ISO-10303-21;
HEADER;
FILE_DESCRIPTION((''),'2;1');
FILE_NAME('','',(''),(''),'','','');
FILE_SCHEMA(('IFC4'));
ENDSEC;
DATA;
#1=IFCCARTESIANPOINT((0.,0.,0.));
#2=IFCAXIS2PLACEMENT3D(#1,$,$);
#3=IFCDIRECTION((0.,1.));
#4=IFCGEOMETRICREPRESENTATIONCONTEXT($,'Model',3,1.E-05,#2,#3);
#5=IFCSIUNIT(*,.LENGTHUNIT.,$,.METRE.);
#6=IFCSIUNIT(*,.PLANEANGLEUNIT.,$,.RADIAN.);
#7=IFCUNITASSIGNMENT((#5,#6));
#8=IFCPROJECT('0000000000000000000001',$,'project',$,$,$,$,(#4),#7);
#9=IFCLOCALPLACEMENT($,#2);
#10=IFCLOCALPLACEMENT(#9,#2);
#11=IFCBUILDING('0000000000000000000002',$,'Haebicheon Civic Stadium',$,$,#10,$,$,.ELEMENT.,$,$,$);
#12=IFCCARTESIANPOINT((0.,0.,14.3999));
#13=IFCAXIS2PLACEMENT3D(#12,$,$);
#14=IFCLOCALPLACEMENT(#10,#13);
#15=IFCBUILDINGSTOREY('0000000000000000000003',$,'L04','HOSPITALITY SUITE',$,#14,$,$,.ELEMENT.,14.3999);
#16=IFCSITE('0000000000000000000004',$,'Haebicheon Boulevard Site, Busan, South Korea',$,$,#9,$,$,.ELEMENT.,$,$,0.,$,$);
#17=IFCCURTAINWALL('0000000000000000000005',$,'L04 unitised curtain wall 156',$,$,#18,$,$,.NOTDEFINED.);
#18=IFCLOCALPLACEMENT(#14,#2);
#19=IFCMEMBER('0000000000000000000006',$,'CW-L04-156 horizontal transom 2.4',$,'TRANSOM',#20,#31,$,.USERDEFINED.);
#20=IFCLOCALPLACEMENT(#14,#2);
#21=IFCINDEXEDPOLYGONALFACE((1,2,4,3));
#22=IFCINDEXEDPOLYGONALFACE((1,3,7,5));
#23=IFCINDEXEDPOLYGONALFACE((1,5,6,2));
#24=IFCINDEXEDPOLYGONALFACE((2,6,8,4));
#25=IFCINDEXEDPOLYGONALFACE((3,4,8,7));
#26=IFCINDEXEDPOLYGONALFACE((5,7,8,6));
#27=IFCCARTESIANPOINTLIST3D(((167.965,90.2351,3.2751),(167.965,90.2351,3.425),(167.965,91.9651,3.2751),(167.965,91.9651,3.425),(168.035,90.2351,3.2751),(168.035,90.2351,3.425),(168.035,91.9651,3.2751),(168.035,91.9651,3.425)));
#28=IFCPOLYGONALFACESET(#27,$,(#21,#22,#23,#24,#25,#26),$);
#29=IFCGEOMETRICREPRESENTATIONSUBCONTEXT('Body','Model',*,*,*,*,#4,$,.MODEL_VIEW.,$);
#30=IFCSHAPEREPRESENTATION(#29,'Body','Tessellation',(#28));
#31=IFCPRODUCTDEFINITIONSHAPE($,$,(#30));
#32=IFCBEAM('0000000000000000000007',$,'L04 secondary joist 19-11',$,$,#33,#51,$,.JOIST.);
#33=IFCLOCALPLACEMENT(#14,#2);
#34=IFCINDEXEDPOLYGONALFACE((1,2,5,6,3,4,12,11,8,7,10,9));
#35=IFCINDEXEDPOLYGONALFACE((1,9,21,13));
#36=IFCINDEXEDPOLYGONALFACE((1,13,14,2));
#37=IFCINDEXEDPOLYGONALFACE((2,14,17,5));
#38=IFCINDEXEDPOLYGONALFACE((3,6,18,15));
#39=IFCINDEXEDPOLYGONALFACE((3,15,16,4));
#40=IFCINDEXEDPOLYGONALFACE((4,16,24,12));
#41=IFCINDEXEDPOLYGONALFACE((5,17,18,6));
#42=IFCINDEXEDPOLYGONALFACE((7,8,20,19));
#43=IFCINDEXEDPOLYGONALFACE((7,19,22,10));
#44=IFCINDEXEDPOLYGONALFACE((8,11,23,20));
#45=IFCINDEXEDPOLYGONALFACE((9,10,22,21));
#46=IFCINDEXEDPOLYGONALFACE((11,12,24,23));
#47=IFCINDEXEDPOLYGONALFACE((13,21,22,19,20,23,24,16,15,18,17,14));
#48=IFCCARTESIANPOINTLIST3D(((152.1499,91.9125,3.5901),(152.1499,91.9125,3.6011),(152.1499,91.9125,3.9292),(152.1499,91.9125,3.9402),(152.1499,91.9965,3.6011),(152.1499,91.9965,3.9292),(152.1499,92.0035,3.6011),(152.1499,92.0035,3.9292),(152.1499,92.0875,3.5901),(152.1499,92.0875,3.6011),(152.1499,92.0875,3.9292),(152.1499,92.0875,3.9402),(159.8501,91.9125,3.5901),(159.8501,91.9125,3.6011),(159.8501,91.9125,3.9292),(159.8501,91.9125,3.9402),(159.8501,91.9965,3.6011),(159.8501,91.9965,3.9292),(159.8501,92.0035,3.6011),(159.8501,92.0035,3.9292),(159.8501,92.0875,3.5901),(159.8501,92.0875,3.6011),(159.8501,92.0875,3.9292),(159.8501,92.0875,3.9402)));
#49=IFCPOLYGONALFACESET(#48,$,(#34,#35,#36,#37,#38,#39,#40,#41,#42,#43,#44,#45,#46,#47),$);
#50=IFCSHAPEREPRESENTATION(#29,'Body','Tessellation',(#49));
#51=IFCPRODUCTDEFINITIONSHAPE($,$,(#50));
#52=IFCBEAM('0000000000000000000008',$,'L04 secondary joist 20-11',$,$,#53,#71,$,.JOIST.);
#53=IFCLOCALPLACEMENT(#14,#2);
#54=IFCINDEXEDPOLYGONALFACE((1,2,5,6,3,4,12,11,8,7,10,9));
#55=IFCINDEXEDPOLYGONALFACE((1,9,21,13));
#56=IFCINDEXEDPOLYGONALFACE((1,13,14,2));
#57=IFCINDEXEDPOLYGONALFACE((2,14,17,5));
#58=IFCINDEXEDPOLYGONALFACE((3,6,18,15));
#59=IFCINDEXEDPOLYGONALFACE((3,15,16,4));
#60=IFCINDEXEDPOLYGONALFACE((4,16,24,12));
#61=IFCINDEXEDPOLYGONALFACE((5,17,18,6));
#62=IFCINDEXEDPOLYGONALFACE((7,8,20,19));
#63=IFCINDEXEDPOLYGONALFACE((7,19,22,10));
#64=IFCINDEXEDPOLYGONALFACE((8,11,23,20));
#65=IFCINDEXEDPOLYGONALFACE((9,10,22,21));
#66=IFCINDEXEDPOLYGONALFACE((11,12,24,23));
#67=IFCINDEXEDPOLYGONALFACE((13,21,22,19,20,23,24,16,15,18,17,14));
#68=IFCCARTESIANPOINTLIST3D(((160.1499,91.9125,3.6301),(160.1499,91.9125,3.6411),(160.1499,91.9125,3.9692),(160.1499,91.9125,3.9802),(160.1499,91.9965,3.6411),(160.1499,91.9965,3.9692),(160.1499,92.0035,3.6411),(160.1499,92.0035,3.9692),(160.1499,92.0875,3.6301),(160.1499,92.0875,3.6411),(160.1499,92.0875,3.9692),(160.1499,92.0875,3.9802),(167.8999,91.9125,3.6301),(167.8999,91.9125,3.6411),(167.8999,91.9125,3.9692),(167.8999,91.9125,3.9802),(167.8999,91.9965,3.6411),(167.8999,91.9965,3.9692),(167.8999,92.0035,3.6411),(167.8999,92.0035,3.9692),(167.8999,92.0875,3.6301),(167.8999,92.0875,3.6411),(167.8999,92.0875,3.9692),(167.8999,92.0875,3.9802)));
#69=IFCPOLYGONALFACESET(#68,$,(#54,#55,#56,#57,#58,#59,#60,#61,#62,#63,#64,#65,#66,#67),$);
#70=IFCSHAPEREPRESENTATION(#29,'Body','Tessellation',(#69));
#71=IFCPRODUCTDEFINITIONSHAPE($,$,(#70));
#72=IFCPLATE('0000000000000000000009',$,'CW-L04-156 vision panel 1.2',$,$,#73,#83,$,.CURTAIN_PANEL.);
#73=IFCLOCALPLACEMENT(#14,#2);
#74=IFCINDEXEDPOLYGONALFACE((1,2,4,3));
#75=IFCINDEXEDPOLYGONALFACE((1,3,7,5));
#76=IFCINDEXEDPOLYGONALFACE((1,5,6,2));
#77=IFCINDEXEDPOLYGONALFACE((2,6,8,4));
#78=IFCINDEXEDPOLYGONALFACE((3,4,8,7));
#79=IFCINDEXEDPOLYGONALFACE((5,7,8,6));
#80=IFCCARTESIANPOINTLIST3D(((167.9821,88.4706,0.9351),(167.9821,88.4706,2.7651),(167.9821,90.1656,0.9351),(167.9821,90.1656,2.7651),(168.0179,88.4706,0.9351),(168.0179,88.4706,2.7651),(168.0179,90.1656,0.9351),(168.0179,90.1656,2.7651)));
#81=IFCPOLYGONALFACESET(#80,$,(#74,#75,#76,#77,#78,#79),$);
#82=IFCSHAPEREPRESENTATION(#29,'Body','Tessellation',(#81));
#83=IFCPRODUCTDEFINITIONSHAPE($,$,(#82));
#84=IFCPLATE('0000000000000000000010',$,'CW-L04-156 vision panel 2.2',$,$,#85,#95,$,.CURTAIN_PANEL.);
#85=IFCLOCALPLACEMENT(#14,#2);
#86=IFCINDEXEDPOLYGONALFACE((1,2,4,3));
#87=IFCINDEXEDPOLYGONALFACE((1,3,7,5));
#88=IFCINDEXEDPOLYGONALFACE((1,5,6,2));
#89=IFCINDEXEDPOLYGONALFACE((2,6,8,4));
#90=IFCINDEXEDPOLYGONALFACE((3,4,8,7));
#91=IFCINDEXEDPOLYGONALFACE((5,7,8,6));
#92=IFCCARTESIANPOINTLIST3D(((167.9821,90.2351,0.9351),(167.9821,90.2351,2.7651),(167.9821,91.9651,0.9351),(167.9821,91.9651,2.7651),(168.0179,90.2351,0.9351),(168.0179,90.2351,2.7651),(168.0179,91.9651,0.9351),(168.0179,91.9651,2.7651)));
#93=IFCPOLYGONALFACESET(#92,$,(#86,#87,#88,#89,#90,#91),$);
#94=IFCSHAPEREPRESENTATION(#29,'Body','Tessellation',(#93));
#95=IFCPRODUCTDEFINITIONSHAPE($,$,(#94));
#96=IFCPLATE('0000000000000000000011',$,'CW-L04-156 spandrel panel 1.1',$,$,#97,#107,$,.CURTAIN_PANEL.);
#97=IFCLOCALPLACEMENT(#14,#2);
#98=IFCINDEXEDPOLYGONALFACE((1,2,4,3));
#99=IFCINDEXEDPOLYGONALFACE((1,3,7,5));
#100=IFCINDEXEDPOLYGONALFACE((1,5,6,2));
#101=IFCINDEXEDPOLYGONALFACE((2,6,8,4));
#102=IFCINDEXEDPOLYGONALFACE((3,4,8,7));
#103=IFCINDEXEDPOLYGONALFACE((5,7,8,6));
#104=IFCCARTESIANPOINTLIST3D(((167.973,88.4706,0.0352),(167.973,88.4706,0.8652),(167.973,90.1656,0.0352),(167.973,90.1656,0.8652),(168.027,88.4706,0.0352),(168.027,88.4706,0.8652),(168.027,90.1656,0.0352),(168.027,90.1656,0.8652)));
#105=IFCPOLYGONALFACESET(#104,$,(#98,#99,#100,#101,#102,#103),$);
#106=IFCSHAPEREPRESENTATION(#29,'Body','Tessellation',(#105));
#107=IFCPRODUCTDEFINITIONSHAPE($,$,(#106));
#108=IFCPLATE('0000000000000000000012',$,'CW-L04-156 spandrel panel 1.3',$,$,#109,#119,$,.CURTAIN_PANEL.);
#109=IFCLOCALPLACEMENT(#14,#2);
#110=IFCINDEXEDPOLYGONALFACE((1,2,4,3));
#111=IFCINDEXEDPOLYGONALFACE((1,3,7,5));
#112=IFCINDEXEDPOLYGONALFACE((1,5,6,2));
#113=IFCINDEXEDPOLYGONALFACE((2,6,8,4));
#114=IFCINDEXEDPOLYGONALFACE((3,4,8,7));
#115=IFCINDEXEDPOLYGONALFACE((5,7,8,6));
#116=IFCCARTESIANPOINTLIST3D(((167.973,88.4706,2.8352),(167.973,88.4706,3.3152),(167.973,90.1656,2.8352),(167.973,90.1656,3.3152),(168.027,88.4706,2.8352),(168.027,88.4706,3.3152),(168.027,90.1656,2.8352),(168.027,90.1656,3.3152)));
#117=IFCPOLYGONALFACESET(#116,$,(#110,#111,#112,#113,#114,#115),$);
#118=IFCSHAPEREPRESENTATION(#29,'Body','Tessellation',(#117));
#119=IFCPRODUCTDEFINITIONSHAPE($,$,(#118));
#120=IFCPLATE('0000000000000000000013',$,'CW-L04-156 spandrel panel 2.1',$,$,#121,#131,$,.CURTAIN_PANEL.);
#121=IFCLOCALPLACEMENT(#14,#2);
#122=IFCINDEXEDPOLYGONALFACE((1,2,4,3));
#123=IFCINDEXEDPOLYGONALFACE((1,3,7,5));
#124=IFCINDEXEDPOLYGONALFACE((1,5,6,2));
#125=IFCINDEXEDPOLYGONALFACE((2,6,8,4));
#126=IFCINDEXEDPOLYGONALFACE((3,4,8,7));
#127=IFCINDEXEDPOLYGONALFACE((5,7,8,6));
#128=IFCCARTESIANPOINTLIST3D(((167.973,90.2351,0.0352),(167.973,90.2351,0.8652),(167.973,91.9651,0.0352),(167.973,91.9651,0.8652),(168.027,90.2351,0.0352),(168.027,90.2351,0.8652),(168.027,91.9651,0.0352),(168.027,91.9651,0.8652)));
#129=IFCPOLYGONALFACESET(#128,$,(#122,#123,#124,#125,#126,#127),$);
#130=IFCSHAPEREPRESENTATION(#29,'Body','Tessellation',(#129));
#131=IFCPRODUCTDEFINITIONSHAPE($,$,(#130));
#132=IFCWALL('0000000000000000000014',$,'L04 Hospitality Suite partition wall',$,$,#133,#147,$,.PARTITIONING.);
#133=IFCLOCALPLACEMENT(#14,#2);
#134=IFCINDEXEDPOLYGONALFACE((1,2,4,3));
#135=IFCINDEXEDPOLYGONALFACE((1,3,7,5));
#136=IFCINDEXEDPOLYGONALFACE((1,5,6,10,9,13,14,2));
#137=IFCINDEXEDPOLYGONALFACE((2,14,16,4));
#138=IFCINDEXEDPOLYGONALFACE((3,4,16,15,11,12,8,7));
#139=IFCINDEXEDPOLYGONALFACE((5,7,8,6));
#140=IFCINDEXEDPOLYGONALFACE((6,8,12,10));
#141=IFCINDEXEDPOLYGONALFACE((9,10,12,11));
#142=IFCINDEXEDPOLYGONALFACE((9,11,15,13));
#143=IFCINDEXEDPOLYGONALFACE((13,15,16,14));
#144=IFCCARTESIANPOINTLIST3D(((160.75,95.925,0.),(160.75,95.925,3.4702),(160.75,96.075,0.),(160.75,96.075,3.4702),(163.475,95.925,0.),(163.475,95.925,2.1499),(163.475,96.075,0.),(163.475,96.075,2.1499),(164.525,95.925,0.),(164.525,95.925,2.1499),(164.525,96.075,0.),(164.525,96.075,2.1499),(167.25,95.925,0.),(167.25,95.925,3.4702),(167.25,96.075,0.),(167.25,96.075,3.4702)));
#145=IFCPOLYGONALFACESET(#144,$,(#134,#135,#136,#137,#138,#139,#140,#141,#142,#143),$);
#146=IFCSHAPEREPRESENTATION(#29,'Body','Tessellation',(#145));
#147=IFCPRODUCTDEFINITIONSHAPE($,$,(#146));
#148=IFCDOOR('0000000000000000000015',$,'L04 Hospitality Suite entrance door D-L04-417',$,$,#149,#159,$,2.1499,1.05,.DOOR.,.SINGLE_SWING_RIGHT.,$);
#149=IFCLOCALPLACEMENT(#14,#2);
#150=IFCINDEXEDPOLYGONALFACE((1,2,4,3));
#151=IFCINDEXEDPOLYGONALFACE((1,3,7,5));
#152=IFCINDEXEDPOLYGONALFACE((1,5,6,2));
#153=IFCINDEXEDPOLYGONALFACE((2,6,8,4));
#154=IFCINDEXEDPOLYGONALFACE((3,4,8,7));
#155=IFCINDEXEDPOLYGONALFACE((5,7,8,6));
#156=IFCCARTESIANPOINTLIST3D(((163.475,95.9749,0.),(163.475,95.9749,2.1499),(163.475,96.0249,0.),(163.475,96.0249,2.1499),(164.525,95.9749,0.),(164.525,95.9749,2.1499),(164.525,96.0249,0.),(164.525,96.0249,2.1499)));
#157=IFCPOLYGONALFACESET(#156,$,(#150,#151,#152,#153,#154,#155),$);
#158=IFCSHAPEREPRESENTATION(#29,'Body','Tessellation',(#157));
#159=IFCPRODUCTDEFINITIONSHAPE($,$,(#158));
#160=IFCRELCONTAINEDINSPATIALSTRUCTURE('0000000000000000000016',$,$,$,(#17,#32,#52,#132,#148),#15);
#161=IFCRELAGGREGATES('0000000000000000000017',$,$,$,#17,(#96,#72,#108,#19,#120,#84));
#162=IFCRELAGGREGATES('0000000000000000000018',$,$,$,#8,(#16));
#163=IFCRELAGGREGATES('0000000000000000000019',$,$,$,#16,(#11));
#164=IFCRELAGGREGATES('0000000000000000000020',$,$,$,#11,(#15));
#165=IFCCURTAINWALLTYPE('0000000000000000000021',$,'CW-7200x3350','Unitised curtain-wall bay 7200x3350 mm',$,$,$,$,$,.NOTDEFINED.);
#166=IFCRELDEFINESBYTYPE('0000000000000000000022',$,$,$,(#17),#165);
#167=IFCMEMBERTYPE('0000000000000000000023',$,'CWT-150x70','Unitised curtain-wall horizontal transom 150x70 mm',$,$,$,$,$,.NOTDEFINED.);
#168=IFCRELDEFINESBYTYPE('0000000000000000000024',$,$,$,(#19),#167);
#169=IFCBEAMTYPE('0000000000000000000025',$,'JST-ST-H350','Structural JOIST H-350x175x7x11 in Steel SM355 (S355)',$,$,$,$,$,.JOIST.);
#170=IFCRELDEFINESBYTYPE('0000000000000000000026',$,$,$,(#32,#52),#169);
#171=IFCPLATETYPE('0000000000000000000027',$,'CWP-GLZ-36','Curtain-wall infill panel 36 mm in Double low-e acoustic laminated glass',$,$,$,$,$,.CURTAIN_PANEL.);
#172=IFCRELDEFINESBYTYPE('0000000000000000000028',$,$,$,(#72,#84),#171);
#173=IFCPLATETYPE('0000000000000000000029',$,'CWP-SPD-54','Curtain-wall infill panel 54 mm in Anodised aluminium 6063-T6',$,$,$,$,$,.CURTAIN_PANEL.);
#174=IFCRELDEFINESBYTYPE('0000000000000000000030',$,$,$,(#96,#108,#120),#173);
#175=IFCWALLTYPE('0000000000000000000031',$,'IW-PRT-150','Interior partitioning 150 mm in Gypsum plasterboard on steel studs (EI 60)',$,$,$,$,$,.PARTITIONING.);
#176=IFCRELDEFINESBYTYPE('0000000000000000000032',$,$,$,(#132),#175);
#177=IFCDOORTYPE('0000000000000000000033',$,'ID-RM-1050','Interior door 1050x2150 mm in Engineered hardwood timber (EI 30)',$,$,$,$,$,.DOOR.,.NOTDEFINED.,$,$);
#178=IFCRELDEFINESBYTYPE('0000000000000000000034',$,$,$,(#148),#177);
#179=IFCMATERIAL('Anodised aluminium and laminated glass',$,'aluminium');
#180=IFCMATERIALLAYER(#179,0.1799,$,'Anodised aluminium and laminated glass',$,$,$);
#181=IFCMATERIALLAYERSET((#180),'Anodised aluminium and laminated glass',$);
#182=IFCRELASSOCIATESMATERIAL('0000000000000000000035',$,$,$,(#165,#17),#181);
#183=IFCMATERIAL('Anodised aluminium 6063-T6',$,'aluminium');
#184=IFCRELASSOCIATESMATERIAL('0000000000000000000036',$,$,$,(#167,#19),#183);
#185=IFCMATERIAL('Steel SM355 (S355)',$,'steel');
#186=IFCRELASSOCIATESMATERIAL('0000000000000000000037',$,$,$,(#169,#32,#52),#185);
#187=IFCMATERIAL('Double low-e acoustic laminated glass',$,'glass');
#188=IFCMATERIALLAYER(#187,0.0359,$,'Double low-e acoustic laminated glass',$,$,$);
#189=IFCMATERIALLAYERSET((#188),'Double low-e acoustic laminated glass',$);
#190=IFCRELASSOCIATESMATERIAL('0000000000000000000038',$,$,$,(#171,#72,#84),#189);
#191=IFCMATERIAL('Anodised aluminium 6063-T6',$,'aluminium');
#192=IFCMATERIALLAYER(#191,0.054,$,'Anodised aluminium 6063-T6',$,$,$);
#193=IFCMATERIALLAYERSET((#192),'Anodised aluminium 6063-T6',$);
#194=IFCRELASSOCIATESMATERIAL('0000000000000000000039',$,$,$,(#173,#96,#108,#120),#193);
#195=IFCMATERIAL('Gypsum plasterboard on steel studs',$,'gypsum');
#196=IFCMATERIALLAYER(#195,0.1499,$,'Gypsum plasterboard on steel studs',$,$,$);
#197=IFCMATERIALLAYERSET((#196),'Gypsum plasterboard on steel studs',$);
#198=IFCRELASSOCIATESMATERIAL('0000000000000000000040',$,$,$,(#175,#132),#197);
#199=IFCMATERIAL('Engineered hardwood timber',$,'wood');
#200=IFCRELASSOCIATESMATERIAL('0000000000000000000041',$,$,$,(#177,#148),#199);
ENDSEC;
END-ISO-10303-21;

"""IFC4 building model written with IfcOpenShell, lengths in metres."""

from ifc_helpers import new_model, si_unit, direction, frame, frame_2d, origin, origin_2d, place, context, subcontext, project, spatial, rectangle, i_section, extrude, material, layer, layer_set, material_profile, profile_set, type_object, element, fill, aggregate, save


model = new_model("IFC4")

# Units and contexts
model_context = context("Model", 3, precision=1e-05, world=origin(), true_north=direction((0.0, 1.0)))
body_context = subcontext(model_context, "Body", "Model", "MODEL_VIEW")
ifc_project = project(units=[si_unit("LENGTHUNIT", "METRE"), si_unit("PLANEANGLEUNIT", "RADIAN")], contexts=[model_context])

# Site, building, storey
site_placement = place(None, origin())
site = spatial("IfcSite", under=ifc_project, at=site_placement, Name="Haebicheon Boulevard Site, Busan, South Korea", CompositionType="ELEMENT", RefElevation=0.0)
building_placement = place(site_placement, origin())
building = spatial("IfcBuilding", under=site, at=building_placement, Name="Haebicheon Civic Stadium", CompositionType="ELEMENT")
storey_placement = place(building_placement, frame((0.0, 0.0, 14.3999)))
storey = spatial("IfcBuildingStorey", under=building, at=storey_placement, Name="L04", Description="HOSPITALITY SUITE", CompositionType="ELEMENT", Elevation=14.3999)

# Curtain wall, member
ifc_material_1 = material(Name="Anodised aluminium and laminated glass", Category="aluminium")
ifc_layer_1 = layer(ifc_material_1, 0.1799, Name="Anodised aluminium and laminated glass")
ifc_layer_set_1 = layer_set([ifc_layer_1], Name="Anodised aluminium and laminated glass")
curtain_wall_type = type_object("IfcCurtainWallType", Name="CW-7200x3350", Description="Unitised curtain-wall bay 7200x3350 mm", PredefinedType="NOTDEFINED", material=ifc_layer_set_1)
curtain_wall_placement = place(storey_placement, origin())
curtain_wall = element("IfcCurtainWall", 1, at=curtain_wall_placement, inside=storey, type_object=curtain_wall_type, material=ifc_layer_set_1, Name="L04 unitised curtain wall 156", PredefinedType="NOTDEFINED")
ifc_material_2 = material(Name="Anodised aluminium 6063-T6", Category="aluminium")
ifc_material_profile_1 = material_profile(ifc_material_2, rectangle(XDim=0.0701, YDim=0.1499, at=origin_2d()), Name="ALU-TRAN-70x150")
ifc_profile_set_1 = profile_set([ifc_material_profile_1], Name="Anodised aluminium 6063-T6")
member_type_1 = type_object("IfcMemberType", Name="CWT-150x70", Description="Unitised curtain-wall horizontal transom 150x70 mm", PredefinedType="NOTDEFINED", material=ifc_profile_set_1)
member_1_placement = place(storey_placement, frame((168.0, 90.2351, 3.3501), z_axis=(0.0, 1.0, 0.0), x_axis=(-1.0, 0.0, 0.0)))
member_1 = element("IfcMember", 2, at=member_1_placement, type_object=member_type_1, material=ifc_profile_set_1, Name="CW-L04-156 horizontal transom 2.4", ObjectType="TRANSOM", PredefinedType="USERDEFINED", context=body_context, shape_type="SweptSolid", body=[
    extrude(rectangle(XDim=0.0701, YDim=0.1499, at=origin_2d()), origin(), (0.0, 0.0, 1.0), 1.73),
])

# Beams
ifc_material_3 = material(Name="Steel SM355 (S355)", Category="steel")
ifc_material_profile_2 = material_profile(ifc_material_3, i_section(OverallWidth=0.175, OverallDepth=0.3501, WebThickness=0.0071, FlangeThickness=0.011, at=origin_2d()), Name="H-350x175x7x11")
ifc_profile_set_2 = profile_set([ifc_material_profile_2], Name="Steel SM355 (S355)")
beam_type_1 = type_object("IfcBeamType", Name="JST-ST-H350", Description="Structural JOIST H-350x175x7x11 in Steel SM355 (S355)", PredefinedType="JOIST", material=ifc_profile_set_2)
beam_1_placement = place(storey_placement, frame((152.1499, 92.0, 3.7651), z_axis=(1.0, 0.0, 0.0), x_axis=(0.0, 1.0, 0.0)))
element("IfcBeam", 3, at=beam_1_placement, inside=storey, type_object=beam_type_1, material=ifc_profile_set_2, Name="L04 secondary joist 19-11", PredefinedType="JOIST", context=body_context, shape_type="SweptSolid", body=[
    extrude(i_section(OverallWidth=0.175, OverallDepth=0.3501, WebThickness=0.0071, FlangeThickness=0.011, at=origin_2d()), origin(), (0.0, 0.0, 1.0), 7.7002),
])
beam_2_placement = place(storey_placement, frame((160.1499, 92.0, 3.8052), z_axis=(1.0, 0.0, 0.0), x_axis=(0.0, 1.0, 0.0)))
element("IfcBeam", 4, at=beam_2_placement, inside=storey, type_object=beam_type_1, material=ifc_profile_set_2, Name="L04 secondary joist 20-11", PredefinedType="JOIST", context=body_context, shape_type="SweptSolid", body=[
    extrude(i_section(OverallWidth=0.175, OverallDepth=0.3501, WebThickness=0.0071, FlangeThickness=0.011, at=origin_2d()), origin(), (0.0, 0.0, 1.0), 7.75),
])

# Plates
ifc_material_4 = material(Name="Double low-e acoustic laminated glass", Category="glass")
ifc_layer_2 = layer(ifc_material_4, 0.0359, Name="Double low-e acoustic laminated glass")
ifc_layer_set_2 = layer_set([ifc_layer_2], Name="Double low-e acoustic laminated glass")
plate_type_1 = type_object("IfcPlateType", Name="CWP-GLZ-36", Description="Curtain-wall infill panel 36 mm in Double low-e acoustic laminated glass", PredefinedType="CURTAIN_PANEL", material=ifc_layer_set_2)
plate_1_placement = place(storey_placement, frame((168.0, 89.3181, 0.9351), z_axis=(0.0, 0.0, 1.0), x_axis=(0.0, 1.0, 0.0)))
plate_1 = element("IfcPlate", 5, at=plate_1_placement, type_object=plate_type_1, material=ifc_layer_set_2, Name="CW-L04-156 vision panel 1.2", PredefinedType="CURTAIN_PANEL", context=body_context, shape_type="SweptSolid", body=[
    extrude(rectangle(XDim=1.6951, YDim=0.0359, at=origin_2d()), origin(), (0.0, 0.0, 1.0), 1.8301),
])
plate_2_placement = place(storey_placement, frame((168.0, 91.1001, 0.9351), z_axis=(0.0, 0.0, 1.0), x_axis=(0.0, 1.0, 0.0)))
plate_2 = element("IfcPlate", 6, at=plate_2_placement, type_object=plate_type_1, material=ifc_layer_set_2, Name="CW-L04-156 vision panel 2.2", PredefinedType="CURTAIN_PANEL", context=body_context, shape_type="SweptSolid", body=[
    extrude(rectangle(XDim=1.73, YDim=0.0359, at=origin_2d()), origin(), (0.0, 0.0, 1.0), 1.8301),
])
ifc_material_5 = material(Name="Anodised aluminium 6063-T6", Category="aluminium")
ifc_layer_3 = layer(ifc_material_5, 0.054, Name="Anodised aluminium 6063-T6")
ifc_layer_set_3 = layer_set([ifc_layer_3], Name="Anodised aluminium 6063-T6")
plate_type_2 = type_object("IfcPlateType", Name="CWP-SPD-54", Description="Curtain-wall infill panel 54 mm in Anodised aluminium 6063-T6", PredefinedType="CURTAIN_PANEL", material=ifc_layer_set_3)
plate_3_placement = place(storey_placement, frame((168.0, 89.3181, 0.0352), z_axis=(0.0, 0.0, 1.0), x_axis=(0.0, 1.0, 0.0)))
plate_3 = element("IfcPlate", 7, at=plate_3_placement, type_object=plate_type_2, material=ifc_layer_set_3, Name="CW-L04-156 spandrel panel 1.1", PredefinedType="CURTAIN_PANEL", context=body_context, shape_type="SweptSolid", body=[
    extrude(rectangle(XDim=1.6951, YDim=0.054, at=origin_2d()), origin(), (0.0, 0.0, 1.0), 0.8301),
])
plate_4_placement = place(storey_placement, frame((168.0, 89.3181, 2.8352), z_axis=(0.0, 0.0, 1.0), x_axis=(0.0, 1.0, 0.0)))
plate_4 = element("IfcPlate", 8, at=plate_4_placement, type_object=plate_type_2, material=ifc_layer_set_3, Name="CW-L04-156 spandrel panel 1.3", PredefinedType="CURTAIN_PANEL", context=body_context, shape_type="SweptSolid", body=[
    extrude(rectangle(XDim=1.6951, YDim=0.054, at=origin_2d()), origin(), (0.0, 0.0, 1.0), 0.48),
])
plate_5_placement = place(storey_placement, frame((168.0, 91.1001, 0.0352), z_axis=(0.0, 0.0, 1.0), x_axis=(0.0, 1.0, 0.0)))
plate_5 = element("IfcPlate", 9, at=plate_5_placement, type_object=plate_type_2, material=ifc_layer_set_3, Name="CW-L04-156 spandrel panel 2.1", PredefinedType="CURTAIN_PANEL", context=body_context, shape_type="SweptSolid", body=[
    extrude(rectangle(XDim=1.73, YDim=0.054, at=origin_2d()), origin(), (0.0, 0.0, 1.0), 0.8301),
])
aggregate(curtain_wall, [plate_3, plate_1, plate_4, member_1, plate_5, plate_2])

# Wall, opening, door
ifc_material_6 = material(Name="Gypsum plasterboard on steel studs", Category="gypsum")
ifc_layer_4 = layer(ifc_material_6, 0.1499, Name="Gypsum plasterboard on steel studs")
ifc_layer_set_4 = layer_set([ifc_layer_4], Name="Gypsum plasterboard on steel studs")
wall_type = type_object("IfcWallType", Name="IW-PRT-150", Description="Interior partitioning 150 mm in Gypsum plasterboard on steel studs (EI 60)", PredefinedType="PARTITIONING", material=ifc_layer_set_4)
wall_placement = place(storey_placement, frame((160.75, 96.0, 0.0), z_axis=(0.0, 0.0, 1.0), x_axis=(1.0, 0.0, 0.0)))
wall = element("IfcWall", 10, at=wall_placement, inside=storey, type_object=wall_type, material=ifc_layer_set_4, Name="L04 Hospitality Suite partition wall", PredefinedType="PARTITIONING", context=body_context, shape_type="SweptSolid", body=[
    extrude(rectangle(XDim=6.5, YDim=0.1499, at=frame_2d((3.25, 0.0))), origin(), (0.0, 0.0, 1.0), 3.4702),
])
opening_placement = place(wall_placement, frame((2.7251, 0.0, 0.0)))
opening = element("IfcOpeningElement", 11, at=opening_placement, cuts=wall, PredefinedType="OPENING", context=body_context, shape_type="SweptSolid", body=[
    extrude(rectangle(XDim=1.05, YDim=2.1499, at=frame_2d((0.5249, 1.075))), frame((0.0, 0.085, 0.0), z_axis=(0.0, -1.0, 0.0), x_axis=(1.0, 0.0, 0.0)), (0.0, 0.0, 1.0), 0.1699),
])
ifc_material_7 = material(Name="Engineered hardwood timber", Category="wood")
door_type = type_object("IfcDoorType", Name="ID-RM-1050", Description="Interior door 1050x2150 mm in Engineered hardwood timber (EI 30)", OperationType="NOTDEFINED", PredefinedType="DOOR", material=ifc_material_7)
door_placement = place(opening_placement, origin())
door = element("IfcDoor", 12, at=door_placement, inside=storey, type_object=door_type, material=ifc_material_7, Name="L04 Hospitality Suite entrance door D-L04-417", OperationType="SINGLE_SWING_RIGHT", OverallHeight=2.1499, OverallWidth=1.05, PredefinedType="DOOR", context=body_context, shape_type="SweptSolid", body=[
    extrude(rectangle(XDim=1.05, YDim=2.1499, at=frame_2d((0.5249, 1.075))), frame((0.0, 0.0249, 0.0), z_axis=(0.0, -1.0, 0.0), x_axis=(1.0, 0.0, 0.0)), (0.0, 0.0, 1.0), 0.05),
])
fill(opening, door)

save(model, "model.ifc")
